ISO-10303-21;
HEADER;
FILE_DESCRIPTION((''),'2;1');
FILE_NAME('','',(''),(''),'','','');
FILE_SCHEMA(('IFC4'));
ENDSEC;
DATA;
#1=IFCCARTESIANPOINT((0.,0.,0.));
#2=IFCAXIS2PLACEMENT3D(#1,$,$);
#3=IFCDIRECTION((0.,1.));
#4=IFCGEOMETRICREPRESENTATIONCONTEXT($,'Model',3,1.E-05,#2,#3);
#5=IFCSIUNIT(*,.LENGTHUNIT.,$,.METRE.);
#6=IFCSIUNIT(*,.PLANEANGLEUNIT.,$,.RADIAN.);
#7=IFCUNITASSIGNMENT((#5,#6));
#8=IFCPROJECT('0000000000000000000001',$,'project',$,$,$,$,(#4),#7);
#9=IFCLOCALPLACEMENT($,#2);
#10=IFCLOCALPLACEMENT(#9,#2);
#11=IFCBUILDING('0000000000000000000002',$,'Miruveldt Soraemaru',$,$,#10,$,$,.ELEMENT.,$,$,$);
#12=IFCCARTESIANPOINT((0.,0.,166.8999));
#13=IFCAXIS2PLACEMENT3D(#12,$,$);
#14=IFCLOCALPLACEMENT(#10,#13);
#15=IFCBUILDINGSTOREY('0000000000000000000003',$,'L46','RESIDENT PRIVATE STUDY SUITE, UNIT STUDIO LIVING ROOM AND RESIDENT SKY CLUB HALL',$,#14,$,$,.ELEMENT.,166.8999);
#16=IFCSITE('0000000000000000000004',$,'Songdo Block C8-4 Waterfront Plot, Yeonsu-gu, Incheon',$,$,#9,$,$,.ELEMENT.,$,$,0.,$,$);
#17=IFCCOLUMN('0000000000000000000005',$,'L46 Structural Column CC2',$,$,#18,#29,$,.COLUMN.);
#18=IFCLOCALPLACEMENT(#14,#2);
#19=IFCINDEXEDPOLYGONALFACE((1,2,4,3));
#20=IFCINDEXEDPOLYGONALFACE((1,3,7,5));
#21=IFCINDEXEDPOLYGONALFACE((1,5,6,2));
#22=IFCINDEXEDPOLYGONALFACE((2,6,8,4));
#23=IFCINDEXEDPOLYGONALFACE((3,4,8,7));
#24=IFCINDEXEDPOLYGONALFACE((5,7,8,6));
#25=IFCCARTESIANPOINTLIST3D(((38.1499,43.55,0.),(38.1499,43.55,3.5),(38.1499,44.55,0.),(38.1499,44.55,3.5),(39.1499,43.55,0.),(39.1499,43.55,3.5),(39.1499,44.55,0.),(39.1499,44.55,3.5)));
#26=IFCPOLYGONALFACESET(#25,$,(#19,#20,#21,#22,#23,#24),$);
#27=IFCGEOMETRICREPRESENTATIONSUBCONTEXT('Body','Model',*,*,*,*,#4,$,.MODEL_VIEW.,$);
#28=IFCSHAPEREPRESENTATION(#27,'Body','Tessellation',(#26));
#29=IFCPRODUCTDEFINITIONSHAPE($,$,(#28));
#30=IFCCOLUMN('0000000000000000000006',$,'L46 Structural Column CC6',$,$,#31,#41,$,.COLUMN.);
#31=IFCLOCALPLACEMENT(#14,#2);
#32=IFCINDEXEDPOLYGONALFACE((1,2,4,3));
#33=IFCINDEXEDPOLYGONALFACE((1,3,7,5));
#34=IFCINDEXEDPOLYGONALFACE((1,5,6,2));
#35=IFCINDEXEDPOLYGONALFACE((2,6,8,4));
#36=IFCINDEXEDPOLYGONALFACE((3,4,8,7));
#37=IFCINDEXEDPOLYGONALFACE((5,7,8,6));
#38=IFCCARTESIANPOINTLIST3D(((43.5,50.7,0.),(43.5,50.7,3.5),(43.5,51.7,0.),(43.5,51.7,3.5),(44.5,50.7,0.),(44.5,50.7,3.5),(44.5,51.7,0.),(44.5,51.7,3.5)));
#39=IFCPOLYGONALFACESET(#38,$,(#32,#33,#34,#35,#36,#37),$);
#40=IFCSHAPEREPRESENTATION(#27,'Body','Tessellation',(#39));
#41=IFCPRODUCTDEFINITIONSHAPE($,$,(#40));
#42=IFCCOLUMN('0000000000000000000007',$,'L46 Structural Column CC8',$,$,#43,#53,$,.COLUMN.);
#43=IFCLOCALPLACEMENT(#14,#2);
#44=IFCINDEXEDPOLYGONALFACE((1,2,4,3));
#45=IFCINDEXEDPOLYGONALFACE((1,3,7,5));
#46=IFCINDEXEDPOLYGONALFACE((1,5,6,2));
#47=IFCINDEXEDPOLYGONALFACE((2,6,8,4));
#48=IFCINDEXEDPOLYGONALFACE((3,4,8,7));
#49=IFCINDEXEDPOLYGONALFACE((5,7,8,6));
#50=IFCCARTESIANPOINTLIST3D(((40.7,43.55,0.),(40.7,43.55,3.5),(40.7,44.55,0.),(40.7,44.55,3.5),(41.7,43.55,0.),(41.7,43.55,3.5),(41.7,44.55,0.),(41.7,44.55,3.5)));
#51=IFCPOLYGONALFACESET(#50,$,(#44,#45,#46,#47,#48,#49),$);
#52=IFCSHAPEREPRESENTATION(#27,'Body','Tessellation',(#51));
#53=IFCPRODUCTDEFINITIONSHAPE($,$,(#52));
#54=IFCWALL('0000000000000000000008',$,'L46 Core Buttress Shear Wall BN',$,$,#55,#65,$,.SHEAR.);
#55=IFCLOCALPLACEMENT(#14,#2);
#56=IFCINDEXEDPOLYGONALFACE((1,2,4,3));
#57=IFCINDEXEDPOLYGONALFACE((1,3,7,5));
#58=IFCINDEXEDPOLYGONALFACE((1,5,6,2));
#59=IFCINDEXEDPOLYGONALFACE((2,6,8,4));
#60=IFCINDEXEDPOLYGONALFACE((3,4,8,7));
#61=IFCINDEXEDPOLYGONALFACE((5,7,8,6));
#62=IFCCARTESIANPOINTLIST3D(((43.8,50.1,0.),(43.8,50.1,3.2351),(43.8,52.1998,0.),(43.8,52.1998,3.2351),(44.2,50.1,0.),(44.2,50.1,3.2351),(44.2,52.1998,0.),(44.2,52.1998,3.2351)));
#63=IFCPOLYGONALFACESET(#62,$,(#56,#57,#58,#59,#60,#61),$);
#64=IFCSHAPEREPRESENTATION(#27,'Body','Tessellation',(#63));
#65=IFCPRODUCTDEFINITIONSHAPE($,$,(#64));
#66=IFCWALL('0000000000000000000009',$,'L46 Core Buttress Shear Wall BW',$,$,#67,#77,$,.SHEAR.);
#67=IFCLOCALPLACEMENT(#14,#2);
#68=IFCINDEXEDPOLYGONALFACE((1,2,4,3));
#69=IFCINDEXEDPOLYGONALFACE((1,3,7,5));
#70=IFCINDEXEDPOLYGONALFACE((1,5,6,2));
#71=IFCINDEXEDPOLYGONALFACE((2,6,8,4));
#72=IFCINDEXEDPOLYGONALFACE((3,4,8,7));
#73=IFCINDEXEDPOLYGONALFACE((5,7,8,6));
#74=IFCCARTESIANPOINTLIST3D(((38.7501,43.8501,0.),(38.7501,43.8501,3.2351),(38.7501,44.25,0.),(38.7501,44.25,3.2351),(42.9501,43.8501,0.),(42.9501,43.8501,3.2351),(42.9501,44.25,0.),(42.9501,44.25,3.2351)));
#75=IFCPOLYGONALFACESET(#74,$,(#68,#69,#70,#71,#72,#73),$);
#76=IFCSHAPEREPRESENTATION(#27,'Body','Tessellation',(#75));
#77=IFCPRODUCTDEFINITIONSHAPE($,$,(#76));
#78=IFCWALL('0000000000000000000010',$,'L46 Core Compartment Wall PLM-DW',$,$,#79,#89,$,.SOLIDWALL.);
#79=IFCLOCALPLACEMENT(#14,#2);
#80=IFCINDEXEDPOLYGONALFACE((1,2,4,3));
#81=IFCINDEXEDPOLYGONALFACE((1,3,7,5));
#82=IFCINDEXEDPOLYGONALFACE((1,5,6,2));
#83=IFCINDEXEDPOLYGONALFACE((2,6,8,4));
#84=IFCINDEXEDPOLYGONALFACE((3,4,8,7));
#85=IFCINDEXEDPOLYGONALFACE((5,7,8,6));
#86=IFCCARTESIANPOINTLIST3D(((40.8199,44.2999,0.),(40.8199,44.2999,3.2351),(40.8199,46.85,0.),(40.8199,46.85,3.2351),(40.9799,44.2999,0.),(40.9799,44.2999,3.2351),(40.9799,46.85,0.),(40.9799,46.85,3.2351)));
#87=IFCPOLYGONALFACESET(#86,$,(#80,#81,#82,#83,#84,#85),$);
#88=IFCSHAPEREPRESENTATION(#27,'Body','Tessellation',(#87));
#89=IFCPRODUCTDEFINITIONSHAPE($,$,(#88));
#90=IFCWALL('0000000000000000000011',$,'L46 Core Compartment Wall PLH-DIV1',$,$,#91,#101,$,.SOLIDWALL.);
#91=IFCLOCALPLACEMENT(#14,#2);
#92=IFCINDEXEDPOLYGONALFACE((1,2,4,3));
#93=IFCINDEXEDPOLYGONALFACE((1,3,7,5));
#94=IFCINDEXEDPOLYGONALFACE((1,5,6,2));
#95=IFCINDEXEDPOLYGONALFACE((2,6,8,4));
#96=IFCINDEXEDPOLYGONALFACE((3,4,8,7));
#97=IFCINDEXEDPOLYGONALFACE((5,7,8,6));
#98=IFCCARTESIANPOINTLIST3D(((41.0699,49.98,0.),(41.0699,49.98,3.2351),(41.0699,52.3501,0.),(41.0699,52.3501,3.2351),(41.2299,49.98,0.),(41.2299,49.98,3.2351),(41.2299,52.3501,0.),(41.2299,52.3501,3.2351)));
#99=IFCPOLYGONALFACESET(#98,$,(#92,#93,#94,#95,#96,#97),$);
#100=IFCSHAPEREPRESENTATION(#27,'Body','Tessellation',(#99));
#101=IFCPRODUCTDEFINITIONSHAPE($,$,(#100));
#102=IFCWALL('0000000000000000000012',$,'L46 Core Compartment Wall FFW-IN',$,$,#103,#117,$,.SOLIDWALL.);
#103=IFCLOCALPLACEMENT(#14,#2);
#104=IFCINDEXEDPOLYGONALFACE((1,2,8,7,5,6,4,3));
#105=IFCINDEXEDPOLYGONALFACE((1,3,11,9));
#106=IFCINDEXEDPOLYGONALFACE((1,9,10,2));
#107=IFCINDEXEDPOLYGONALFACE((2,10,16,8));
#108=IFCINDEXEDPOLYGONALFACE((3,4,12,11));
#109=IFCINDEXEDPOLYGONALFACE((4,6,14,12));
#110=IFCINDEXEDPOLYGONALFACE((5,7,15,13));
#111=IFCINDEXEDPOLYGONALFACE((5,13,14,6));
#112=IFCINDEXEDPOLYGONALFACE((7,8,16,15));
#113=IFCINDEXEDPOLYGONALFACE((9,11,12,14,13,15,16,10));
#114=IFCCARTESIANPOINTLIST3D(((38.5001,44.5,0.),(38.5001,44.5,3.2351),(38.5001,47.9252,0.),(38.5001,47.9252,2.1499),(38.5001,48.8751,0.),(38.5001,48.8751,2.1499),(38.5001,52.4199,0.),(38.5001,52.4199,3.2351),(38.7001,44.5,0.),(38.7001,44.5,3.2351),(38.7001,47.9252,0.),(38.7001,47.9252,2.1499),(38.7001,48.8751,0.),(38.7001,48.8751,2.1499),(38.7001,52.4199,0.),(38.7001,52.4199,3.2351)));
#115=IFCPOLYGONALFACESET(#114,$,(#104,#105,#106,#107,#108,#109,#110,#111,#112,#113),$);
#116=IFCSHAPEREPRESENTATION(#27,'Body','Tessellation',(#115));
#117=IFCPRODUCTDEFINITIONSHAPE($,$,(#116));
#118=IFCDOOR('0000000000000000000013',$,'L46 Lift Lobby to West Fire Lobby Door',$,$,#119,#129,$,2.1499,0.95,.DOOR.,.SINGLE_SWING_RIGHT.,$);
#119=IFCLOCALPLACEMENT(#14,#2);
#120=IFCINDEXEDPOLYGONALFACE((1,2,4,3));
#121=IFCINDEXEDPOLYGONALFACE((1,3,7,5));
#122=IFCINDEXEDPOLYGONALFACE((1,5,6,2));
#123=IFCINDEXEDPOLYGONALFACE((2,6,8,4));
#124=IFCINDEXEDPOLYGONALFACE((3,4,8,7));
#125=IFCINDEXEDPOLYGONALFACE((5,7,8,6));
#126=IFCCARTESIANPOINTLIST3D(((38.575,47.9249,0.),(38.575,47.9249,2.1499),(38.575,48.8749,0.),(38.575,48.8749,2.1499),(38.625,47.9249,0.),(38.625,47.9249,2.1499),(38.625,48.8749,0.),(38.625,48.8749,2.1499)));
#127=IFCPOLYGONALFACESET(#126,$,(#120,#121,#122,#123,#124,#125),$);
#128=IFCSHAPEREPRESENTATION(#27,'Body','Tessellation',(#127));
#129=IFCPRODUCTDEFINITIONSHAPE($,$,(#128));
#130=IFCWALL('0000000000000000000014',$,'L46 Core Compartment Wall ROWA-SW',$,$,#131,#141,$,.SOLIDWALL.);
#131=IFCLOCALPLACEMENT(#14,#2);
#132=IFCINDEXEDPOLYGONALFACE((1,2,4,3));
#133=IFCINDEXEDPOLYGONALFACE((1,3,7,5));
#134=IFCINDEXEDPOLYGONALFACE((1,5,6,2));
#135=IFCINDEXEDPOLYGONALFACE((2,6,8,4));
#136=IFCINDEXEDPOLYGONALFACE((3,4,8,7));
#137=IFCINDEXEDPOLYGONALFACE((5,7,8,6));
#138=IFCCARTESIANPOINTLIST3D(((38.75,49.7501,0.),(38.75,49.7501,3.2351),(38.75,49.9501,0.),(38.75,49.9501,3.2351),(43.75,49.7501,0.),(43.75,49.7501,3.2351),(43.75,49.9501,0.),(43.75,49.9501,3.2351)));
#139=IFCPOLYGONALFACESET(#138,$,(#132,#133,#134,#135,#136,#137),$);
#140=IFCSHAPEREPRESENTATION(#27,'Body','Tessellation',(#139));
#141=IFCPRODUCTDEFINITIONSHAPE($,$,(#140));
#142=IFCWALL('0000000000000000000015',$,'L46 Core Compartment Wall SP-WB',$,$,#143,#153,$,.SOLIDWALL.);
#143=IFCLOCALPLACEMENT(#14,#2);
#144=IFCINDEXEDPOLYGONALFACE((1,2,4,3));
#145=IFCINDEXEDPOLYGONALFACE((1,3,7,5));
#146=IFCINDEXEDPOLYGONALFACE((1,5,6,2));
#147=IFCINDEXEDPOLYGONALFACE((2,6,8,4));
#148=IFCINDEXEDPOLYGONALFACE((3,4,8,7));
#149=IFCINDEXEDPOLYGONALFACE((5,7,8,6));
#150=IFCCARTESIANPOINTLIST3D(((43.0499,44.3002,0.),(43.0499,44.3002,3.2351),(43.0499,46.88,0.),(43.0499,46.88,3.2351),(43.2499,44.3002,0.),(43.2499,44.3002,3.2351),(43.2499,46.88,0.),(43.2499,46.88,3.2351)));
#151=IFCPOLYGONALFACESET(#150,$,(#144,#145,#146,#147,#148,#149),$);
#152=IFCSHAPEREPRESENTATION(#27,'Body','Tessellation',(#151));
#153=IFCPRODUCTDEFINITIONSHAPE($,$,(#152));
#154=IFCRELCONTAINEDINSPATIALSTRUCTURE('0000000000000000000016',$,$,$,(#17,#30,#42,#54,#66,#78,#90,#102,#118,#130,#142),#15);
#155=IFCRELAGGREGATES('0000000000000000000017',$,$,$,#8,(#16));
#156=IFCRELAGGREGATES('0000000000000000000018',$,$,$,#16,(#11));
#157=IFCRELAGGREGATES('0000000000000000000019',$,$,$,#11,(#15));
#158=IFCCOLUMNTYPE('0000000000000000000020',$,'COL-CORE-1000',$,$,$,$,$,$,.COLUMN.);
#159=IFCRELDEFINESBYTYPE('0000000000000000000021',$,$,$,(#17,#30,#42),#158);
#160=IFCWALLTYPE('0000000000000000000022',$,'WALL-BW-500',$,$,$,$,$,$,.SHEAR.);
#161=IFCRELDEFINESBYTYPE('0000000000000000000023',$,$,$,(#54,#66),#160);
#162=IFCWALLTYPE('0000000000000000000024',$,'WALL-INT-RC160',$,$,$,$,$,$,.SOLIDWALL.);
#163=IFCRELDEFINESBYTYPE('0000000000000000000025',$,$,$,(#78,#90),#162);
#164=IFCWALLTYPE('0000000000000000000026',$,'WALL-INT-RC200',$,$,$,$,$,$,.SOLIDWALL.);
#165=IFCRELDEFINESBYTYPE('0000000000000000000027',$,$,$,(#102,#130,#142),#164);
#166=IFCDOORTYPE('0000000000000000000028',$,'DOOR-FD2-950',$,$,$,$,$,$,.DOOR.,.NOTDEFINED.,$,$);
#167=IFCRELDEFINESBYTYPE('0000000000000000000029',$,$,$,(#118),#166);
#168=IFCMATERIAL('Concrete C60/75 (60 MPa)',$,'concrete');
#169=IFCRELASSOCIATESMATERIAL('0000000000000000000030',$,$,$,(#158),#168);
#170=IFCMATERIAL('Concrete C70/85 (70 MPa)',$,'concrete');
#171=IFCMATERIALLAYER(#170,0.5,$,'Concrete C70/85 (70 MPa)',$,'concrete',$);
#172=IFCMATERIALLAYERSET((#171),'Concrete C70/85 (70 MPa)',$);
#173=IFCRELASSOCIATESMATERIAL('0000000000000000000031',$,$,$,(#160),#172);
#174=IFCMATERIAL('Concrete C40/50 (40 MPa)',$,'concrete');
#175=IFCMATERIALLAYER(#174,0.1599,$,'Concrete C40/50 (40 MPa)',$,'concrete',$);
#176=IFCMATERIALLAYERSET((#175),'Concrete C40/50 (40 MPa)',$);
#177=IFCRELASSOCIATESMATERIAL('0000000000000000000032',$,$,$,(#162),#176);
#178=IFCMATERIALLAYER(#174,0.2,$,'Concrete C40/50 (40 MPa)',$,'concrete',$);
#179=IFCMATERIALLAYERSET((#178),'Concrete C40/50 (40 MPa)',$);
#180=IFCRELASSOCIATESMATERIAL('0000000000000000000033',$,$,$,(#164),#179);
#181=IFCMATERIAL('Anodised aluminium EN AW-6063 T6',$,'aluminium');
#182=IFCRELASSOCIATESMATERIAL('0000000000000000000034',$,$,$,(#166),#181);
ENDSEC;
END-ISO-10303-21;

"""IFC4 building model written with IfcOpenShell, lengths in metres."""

from ifc_helpers import new_model, si_unit, direction, frame, frame_2d, origin, origin_2d, place, context, subcontext, project, spatial, rectangle, extrude, material, layer, layer_set, material_profile, profile_set, type_object, element, fill, save


model = new_model("IFC4")

# Units and contexts
model_context = context("Model", 3, precision=1e-05, world=origin(), true_north=direction((0.0, 1.0)))
body_context = subcontext(model_context, "Body", "Model", "MODEL_VIEW")
ifc_project = project(units=[si_unit("LENGTHUNIT", "METRE"), si_unit("PLANEANGLEUNIT", "RADIAN")], contexts=[model_context])

# Site, building, storey
site_placement = place(None, origin())
site = spatial("IfcSite", under=ifc_project, at=site_placement, Name="Songdo Block C8-4 Waterfront Plot, Yeonsu-gu, Incheon", CompositionType="ELEMENT", RefElevation=0.0)
building_placement = place(site_placement, origin())
building = spatial("IfcBuilding", under=site, at=building_placement, Name="Miruveldt Soraemaru", CompositionType="ELEMENT")
storey_placement = place(building_placement, frame((0.0, 0.0, 166.8999)))
storey = spatial("IfcBuildingStorey", under=building, at=storey_placement, Name="L46", Description="RESIDENT PRIVATE STUDY SUITE, UNIT STUDIO LIVING ROOM AND RESIDENT SKY CLUB HALL", CompositionType="ELEMENT", Elevation=166.8999)

# Columns
ifc_material_1 = material(Name="Concrete C60/75 (60 MPa)", Category="concrete")
ifc_material_profile = material_profile(ifc_material_1, rectangle(XDim=1.0, YDim=1.0, at=origin_2d()), Name="Concrete C60/75 (60 MPa)", Category="concrete")
ifc_profile_set = profile_set([ifc_material_profile], Name="Concrete C60/75 (60 MPa)")
column_type = type_object("IfcColumnType", Name="COL-CORE-1000", PredefinedType="COLUMN", material=ifc_profile_set)
for number, where, z_axis, x_axis, name in (
    (1, (38.6499, 44.05, 0.0), (0.0, 0.0, 1.0), (1.0, 0.0, 0.0), "L46 Structural Column CC2"),
    (2, (44.0, 51.2, 0.0), (0.0, 0.0, 1.0), (1.0, 0.0, 0.0), "L46 Structural Column CC6"),
    (3, (41.2, 44.05, 0.0), (0.0, 0.0, 1.0), (1.0, 0.0, 0.0), "L46 Structural Column CC8"),
):
    element("IfcColumn", number, at=place(storey_placement, frame(where, z_axis=z_axis, x_axis=x_axis)), inside=storey, type_object=column_type, Name=name, PredefinedType="COLUMN", context=body_context, shape_type="SweptSolid", body=[
        extrude(rectangle(XDim=1.0, YDim=1.0, at=origin_2d()), origin(), (0.0, 0.0, 1.0), 3.5),
    ])

# Walls
ifc_material_2 = material(Name="Concrete C70/85 (70 MPa)", Category="concrete")
ifc_layer_1 = layer(ifc_material_2, 0.5, Name="Concrete C70/85 (70 MPa)", Category="concrete")
ifc_layer_set_1 = layer_set([ifc_layer_1], Name="Concrete C70/85 (70 MPa)")
wall_type_1 = type_object("IfcWallType", Name="WALL-BW-500", PredefinedType="SHEAR", material=ifc_layer_set_1)
wall_1_placement = place(storey_placement, frame((44.0, 50.1001, 0.0), z_axis=(0.0, 0.0, 1.0), x_axis=(0.0, 1.0, 0.0)))
element("IfcWall", 4, at=wall_1_placement, inside=storey, type_object=wall_type_1, Name="L46 Core Buttress Shear Wall BN", PredefinedType="SHEAR", context=body_context, shape_type="SweptSolid", body=[
    extrude(rectangle(XDim=2.0999, YDim=0.3999, at=frame_2d((1.0498, 0.0))), origin(), (0.0, 0.0, 1.0), 3.2351),
])
wall_2_placement = place(storey_placement, frame((38.75, 44.05, 0.0), z_axis=(0.0, 0.0, 1.0), x_axis=(1.0, 0.0, 0.0)))
element("IfcWall", 5, at=wall_2_placement, inside=storey, type_object=wall_type_1, Name="L46 Core Buttress Shear Wall BW", PredefinedType="SHEAR", context=body_context, shape_type="SweptSolid", body=[
    extrude(rectangle(XDim=4.2, YDim=0.3999, at=frame_2d((2.1001, 0.0))), origin(), (0.0, 0.0, 1.0), 3.2351),
])
ifc_material_3 = material(Name="Concrete C40/50 (40 MPa)", Category="concrete")
ifc_layer_2 = layer(ifc_material_3, 0.1599, Name="Concrete C40/50 (40 MPa)", Category="concrete")
ifc_layer_set_2 = layer_set([ifc_layer_2], Name="Concrete C40/50 (40 MPa)")
wall_type_2 = type_object("IfcWallType", Name="WALL-INT-RC160", PredefinedType="SOLIDWALL", material=ifc_layer_set_2)
wall_3_placement = place(storey_placement, frame((40.8999, 44.3, 0.0), z_axis=(0.0, 0.0, 1.0), x_axis=(0.0, 1.0, 0.0)))
element("IfcWall", 6, at=wall_3_placement, inside=storey, type_object=wall_type_2, Name="L46 Core Compartment Wall PLM-DW", PredefinedType="SOLIDWALL", context=body_context, shape_type="SweptSolid", body=[
    extrude(rectangle(XDim=2.55, YDim=0.1599, at=frame_2d((1.2749, 0.0))), origin(), (0.0, 0.0, 1.0), 3.2351),
])
wall_4_placement = place(storey_placement, frame((41.1499, 49.98, 0.0), z_axis=(0.0, 0.0, 1.0), x_axis=(0.0, 1.0, 0.0)))
element("IfcWall", 7, at=wall_4_placement, inside=storey, type_object=wall_type_2, Name="L46 Core Compartment Wall PLH-DIV1", PredefinedType="SOLIDWALL", context=body_context, shape_type="SweptSolid", body=[
    extrude(rectangle(XDim=2.3701, YDim=0.1599, at=frame_2d((1.1851, 0.0))), origin(), (0.0, 0.0, 1.0), 3.2351),
])

# Wall, opening, door
ifc_layer_3 = layer(ifc_material_3, 0.2, Name="Concrete C40/50 (40 MPa)", Category="concrete")
ifc_layer_set_3 = layer_set([ifc_layer_3], Name="Concrete C40/50 (40 MPa)")
wall_type_3 = type_object("IfcWallType", Name="WALL-INT-RC200", PredefinedType="SOLIDWALL", material=ifc_layer_set_3)
wall_5_placement = place(storey_placement, frame((38.6001, 44.5, 0.0), z_axis=(0.0, 0.0, 1.0), x_axis=(0.0, 1.0, 0.0)))
wall_5 = element("IfcWall", 8, at=wall_5_placement, inside=storey, type_object=wall_type_3, Name="L46 Core Compartment Wall FFW-IN", PredefinedType="SOLIDWALL", context=body_context, shape_type="SweptSolid", body=[
    extrude(rectangle(XDim=7.9199, YDim=0.2, at=frame_2d((3.96, 0.0))), origin(), (0.0, 0.0, 1.0), 3.2351),
])
opening_1_placement = place(wall_5_placement, frame((3.425, 0.0, 0.0)))
opening_1 = element("IfcOpeningElement", 9, at=opening_1_placement, cuts=wall_5, PredefinedType="OPENING", context=body_context, shape_type="SweptSolid", body=[
    extrude(rectangle(XDim=0.95, YDim=2.1499, at=frame_2d((0.4751, 1.075))), frame((0.0, 0.1099, 0.0), z_axis=(0.0, -1.0, 0.0), x_axis=(1.0, 0.0, 0.0)), (0.0, 0.0, 1.0), 0.22),
])
ifc_material_4 = material(Name="Anodised aluminium EN AW-6063 T6", Category="aluminium")
door_type_1 = type_object("IfcDoorType", Name="DOOR-FD2-950", OperationType="NOTDEFINED", PredefinedType="DOOR", material=ifc_material_4)
door_1_placement = place(opening_1_placement, frame((0.95, 0.0, 0.0), z_axis=(0.0, 0.0, 1.0), x_axis=(-1.0, 0.0, 0.0)))
door_1 = element("IfcDoor", 10, at=door_1_placement, inside=storey, type_object=door_type_1, Name="L46 Lift Lobby to West Fire Lobby Door", OperationType="SINGLE_SWING_RIGHT", OverallHeight=2.1499, OverallWidth=0.95, PredefinedType="DOOR", context=body_context, shape_type="SweptSolid", body=[
    extrude(rectangle(XDim=0.95, YDim=2.1499, at=frame_2d((0.4751, 1.075))), frame((0.0, 0.0249, 0.0), z_axis=(0.0, -1.0, 0.0), x_axis=(1.0, 0.0, 0.0)), (0.0, 0.0, 1.0), 0.05),
])
fill(opening_1, door_1)

# Walls
wall_6_placement = place(storey_placement, frame((38.75, 49.8501, 0.0), z_axis=(0.0, 0.0, 1.0), x_axis=(1.0, 0.0, 0.0)))
element("IfcWall", 11, at=wall_6_placement, inside=storey, type_object=wall_type_3, Name="L46 Core Compartment Wall ROWA-SW", PredefinedType="SOLIDWALL", context=body_context, shape_type="SweptSolid", body=[
    extrude(rectangle(XDim=5.0, YDim=0.2, at=frame_2d((2.5, 0.0))), origin(), (0.0, 0.0, 1.0), 3.2351),
])
wall_7_placement = place(storey_placement, frame((43.1499, 44.3, 0.0), z_axis=(0.0, 0.0, 1.0), x_axis=(0.0, 1.0, 0.0)))
element("IfcWall", 12, at=wall_7_placement, inside=storey, type_object=wall_type_3, Name="L46 Core Compartment Wall SP-WB", PredefinedType="SOLIDWALL", context=body_context, shape_type="SweptSolid", body=[
    extrude(rectangle(XDim=2.5798, YDim=0.2, at=frame_2d((1.29, 0.0))), origin(), (0.0, 0.0, 1.0), 3.2351),
])

save(model, "model.ifc")
